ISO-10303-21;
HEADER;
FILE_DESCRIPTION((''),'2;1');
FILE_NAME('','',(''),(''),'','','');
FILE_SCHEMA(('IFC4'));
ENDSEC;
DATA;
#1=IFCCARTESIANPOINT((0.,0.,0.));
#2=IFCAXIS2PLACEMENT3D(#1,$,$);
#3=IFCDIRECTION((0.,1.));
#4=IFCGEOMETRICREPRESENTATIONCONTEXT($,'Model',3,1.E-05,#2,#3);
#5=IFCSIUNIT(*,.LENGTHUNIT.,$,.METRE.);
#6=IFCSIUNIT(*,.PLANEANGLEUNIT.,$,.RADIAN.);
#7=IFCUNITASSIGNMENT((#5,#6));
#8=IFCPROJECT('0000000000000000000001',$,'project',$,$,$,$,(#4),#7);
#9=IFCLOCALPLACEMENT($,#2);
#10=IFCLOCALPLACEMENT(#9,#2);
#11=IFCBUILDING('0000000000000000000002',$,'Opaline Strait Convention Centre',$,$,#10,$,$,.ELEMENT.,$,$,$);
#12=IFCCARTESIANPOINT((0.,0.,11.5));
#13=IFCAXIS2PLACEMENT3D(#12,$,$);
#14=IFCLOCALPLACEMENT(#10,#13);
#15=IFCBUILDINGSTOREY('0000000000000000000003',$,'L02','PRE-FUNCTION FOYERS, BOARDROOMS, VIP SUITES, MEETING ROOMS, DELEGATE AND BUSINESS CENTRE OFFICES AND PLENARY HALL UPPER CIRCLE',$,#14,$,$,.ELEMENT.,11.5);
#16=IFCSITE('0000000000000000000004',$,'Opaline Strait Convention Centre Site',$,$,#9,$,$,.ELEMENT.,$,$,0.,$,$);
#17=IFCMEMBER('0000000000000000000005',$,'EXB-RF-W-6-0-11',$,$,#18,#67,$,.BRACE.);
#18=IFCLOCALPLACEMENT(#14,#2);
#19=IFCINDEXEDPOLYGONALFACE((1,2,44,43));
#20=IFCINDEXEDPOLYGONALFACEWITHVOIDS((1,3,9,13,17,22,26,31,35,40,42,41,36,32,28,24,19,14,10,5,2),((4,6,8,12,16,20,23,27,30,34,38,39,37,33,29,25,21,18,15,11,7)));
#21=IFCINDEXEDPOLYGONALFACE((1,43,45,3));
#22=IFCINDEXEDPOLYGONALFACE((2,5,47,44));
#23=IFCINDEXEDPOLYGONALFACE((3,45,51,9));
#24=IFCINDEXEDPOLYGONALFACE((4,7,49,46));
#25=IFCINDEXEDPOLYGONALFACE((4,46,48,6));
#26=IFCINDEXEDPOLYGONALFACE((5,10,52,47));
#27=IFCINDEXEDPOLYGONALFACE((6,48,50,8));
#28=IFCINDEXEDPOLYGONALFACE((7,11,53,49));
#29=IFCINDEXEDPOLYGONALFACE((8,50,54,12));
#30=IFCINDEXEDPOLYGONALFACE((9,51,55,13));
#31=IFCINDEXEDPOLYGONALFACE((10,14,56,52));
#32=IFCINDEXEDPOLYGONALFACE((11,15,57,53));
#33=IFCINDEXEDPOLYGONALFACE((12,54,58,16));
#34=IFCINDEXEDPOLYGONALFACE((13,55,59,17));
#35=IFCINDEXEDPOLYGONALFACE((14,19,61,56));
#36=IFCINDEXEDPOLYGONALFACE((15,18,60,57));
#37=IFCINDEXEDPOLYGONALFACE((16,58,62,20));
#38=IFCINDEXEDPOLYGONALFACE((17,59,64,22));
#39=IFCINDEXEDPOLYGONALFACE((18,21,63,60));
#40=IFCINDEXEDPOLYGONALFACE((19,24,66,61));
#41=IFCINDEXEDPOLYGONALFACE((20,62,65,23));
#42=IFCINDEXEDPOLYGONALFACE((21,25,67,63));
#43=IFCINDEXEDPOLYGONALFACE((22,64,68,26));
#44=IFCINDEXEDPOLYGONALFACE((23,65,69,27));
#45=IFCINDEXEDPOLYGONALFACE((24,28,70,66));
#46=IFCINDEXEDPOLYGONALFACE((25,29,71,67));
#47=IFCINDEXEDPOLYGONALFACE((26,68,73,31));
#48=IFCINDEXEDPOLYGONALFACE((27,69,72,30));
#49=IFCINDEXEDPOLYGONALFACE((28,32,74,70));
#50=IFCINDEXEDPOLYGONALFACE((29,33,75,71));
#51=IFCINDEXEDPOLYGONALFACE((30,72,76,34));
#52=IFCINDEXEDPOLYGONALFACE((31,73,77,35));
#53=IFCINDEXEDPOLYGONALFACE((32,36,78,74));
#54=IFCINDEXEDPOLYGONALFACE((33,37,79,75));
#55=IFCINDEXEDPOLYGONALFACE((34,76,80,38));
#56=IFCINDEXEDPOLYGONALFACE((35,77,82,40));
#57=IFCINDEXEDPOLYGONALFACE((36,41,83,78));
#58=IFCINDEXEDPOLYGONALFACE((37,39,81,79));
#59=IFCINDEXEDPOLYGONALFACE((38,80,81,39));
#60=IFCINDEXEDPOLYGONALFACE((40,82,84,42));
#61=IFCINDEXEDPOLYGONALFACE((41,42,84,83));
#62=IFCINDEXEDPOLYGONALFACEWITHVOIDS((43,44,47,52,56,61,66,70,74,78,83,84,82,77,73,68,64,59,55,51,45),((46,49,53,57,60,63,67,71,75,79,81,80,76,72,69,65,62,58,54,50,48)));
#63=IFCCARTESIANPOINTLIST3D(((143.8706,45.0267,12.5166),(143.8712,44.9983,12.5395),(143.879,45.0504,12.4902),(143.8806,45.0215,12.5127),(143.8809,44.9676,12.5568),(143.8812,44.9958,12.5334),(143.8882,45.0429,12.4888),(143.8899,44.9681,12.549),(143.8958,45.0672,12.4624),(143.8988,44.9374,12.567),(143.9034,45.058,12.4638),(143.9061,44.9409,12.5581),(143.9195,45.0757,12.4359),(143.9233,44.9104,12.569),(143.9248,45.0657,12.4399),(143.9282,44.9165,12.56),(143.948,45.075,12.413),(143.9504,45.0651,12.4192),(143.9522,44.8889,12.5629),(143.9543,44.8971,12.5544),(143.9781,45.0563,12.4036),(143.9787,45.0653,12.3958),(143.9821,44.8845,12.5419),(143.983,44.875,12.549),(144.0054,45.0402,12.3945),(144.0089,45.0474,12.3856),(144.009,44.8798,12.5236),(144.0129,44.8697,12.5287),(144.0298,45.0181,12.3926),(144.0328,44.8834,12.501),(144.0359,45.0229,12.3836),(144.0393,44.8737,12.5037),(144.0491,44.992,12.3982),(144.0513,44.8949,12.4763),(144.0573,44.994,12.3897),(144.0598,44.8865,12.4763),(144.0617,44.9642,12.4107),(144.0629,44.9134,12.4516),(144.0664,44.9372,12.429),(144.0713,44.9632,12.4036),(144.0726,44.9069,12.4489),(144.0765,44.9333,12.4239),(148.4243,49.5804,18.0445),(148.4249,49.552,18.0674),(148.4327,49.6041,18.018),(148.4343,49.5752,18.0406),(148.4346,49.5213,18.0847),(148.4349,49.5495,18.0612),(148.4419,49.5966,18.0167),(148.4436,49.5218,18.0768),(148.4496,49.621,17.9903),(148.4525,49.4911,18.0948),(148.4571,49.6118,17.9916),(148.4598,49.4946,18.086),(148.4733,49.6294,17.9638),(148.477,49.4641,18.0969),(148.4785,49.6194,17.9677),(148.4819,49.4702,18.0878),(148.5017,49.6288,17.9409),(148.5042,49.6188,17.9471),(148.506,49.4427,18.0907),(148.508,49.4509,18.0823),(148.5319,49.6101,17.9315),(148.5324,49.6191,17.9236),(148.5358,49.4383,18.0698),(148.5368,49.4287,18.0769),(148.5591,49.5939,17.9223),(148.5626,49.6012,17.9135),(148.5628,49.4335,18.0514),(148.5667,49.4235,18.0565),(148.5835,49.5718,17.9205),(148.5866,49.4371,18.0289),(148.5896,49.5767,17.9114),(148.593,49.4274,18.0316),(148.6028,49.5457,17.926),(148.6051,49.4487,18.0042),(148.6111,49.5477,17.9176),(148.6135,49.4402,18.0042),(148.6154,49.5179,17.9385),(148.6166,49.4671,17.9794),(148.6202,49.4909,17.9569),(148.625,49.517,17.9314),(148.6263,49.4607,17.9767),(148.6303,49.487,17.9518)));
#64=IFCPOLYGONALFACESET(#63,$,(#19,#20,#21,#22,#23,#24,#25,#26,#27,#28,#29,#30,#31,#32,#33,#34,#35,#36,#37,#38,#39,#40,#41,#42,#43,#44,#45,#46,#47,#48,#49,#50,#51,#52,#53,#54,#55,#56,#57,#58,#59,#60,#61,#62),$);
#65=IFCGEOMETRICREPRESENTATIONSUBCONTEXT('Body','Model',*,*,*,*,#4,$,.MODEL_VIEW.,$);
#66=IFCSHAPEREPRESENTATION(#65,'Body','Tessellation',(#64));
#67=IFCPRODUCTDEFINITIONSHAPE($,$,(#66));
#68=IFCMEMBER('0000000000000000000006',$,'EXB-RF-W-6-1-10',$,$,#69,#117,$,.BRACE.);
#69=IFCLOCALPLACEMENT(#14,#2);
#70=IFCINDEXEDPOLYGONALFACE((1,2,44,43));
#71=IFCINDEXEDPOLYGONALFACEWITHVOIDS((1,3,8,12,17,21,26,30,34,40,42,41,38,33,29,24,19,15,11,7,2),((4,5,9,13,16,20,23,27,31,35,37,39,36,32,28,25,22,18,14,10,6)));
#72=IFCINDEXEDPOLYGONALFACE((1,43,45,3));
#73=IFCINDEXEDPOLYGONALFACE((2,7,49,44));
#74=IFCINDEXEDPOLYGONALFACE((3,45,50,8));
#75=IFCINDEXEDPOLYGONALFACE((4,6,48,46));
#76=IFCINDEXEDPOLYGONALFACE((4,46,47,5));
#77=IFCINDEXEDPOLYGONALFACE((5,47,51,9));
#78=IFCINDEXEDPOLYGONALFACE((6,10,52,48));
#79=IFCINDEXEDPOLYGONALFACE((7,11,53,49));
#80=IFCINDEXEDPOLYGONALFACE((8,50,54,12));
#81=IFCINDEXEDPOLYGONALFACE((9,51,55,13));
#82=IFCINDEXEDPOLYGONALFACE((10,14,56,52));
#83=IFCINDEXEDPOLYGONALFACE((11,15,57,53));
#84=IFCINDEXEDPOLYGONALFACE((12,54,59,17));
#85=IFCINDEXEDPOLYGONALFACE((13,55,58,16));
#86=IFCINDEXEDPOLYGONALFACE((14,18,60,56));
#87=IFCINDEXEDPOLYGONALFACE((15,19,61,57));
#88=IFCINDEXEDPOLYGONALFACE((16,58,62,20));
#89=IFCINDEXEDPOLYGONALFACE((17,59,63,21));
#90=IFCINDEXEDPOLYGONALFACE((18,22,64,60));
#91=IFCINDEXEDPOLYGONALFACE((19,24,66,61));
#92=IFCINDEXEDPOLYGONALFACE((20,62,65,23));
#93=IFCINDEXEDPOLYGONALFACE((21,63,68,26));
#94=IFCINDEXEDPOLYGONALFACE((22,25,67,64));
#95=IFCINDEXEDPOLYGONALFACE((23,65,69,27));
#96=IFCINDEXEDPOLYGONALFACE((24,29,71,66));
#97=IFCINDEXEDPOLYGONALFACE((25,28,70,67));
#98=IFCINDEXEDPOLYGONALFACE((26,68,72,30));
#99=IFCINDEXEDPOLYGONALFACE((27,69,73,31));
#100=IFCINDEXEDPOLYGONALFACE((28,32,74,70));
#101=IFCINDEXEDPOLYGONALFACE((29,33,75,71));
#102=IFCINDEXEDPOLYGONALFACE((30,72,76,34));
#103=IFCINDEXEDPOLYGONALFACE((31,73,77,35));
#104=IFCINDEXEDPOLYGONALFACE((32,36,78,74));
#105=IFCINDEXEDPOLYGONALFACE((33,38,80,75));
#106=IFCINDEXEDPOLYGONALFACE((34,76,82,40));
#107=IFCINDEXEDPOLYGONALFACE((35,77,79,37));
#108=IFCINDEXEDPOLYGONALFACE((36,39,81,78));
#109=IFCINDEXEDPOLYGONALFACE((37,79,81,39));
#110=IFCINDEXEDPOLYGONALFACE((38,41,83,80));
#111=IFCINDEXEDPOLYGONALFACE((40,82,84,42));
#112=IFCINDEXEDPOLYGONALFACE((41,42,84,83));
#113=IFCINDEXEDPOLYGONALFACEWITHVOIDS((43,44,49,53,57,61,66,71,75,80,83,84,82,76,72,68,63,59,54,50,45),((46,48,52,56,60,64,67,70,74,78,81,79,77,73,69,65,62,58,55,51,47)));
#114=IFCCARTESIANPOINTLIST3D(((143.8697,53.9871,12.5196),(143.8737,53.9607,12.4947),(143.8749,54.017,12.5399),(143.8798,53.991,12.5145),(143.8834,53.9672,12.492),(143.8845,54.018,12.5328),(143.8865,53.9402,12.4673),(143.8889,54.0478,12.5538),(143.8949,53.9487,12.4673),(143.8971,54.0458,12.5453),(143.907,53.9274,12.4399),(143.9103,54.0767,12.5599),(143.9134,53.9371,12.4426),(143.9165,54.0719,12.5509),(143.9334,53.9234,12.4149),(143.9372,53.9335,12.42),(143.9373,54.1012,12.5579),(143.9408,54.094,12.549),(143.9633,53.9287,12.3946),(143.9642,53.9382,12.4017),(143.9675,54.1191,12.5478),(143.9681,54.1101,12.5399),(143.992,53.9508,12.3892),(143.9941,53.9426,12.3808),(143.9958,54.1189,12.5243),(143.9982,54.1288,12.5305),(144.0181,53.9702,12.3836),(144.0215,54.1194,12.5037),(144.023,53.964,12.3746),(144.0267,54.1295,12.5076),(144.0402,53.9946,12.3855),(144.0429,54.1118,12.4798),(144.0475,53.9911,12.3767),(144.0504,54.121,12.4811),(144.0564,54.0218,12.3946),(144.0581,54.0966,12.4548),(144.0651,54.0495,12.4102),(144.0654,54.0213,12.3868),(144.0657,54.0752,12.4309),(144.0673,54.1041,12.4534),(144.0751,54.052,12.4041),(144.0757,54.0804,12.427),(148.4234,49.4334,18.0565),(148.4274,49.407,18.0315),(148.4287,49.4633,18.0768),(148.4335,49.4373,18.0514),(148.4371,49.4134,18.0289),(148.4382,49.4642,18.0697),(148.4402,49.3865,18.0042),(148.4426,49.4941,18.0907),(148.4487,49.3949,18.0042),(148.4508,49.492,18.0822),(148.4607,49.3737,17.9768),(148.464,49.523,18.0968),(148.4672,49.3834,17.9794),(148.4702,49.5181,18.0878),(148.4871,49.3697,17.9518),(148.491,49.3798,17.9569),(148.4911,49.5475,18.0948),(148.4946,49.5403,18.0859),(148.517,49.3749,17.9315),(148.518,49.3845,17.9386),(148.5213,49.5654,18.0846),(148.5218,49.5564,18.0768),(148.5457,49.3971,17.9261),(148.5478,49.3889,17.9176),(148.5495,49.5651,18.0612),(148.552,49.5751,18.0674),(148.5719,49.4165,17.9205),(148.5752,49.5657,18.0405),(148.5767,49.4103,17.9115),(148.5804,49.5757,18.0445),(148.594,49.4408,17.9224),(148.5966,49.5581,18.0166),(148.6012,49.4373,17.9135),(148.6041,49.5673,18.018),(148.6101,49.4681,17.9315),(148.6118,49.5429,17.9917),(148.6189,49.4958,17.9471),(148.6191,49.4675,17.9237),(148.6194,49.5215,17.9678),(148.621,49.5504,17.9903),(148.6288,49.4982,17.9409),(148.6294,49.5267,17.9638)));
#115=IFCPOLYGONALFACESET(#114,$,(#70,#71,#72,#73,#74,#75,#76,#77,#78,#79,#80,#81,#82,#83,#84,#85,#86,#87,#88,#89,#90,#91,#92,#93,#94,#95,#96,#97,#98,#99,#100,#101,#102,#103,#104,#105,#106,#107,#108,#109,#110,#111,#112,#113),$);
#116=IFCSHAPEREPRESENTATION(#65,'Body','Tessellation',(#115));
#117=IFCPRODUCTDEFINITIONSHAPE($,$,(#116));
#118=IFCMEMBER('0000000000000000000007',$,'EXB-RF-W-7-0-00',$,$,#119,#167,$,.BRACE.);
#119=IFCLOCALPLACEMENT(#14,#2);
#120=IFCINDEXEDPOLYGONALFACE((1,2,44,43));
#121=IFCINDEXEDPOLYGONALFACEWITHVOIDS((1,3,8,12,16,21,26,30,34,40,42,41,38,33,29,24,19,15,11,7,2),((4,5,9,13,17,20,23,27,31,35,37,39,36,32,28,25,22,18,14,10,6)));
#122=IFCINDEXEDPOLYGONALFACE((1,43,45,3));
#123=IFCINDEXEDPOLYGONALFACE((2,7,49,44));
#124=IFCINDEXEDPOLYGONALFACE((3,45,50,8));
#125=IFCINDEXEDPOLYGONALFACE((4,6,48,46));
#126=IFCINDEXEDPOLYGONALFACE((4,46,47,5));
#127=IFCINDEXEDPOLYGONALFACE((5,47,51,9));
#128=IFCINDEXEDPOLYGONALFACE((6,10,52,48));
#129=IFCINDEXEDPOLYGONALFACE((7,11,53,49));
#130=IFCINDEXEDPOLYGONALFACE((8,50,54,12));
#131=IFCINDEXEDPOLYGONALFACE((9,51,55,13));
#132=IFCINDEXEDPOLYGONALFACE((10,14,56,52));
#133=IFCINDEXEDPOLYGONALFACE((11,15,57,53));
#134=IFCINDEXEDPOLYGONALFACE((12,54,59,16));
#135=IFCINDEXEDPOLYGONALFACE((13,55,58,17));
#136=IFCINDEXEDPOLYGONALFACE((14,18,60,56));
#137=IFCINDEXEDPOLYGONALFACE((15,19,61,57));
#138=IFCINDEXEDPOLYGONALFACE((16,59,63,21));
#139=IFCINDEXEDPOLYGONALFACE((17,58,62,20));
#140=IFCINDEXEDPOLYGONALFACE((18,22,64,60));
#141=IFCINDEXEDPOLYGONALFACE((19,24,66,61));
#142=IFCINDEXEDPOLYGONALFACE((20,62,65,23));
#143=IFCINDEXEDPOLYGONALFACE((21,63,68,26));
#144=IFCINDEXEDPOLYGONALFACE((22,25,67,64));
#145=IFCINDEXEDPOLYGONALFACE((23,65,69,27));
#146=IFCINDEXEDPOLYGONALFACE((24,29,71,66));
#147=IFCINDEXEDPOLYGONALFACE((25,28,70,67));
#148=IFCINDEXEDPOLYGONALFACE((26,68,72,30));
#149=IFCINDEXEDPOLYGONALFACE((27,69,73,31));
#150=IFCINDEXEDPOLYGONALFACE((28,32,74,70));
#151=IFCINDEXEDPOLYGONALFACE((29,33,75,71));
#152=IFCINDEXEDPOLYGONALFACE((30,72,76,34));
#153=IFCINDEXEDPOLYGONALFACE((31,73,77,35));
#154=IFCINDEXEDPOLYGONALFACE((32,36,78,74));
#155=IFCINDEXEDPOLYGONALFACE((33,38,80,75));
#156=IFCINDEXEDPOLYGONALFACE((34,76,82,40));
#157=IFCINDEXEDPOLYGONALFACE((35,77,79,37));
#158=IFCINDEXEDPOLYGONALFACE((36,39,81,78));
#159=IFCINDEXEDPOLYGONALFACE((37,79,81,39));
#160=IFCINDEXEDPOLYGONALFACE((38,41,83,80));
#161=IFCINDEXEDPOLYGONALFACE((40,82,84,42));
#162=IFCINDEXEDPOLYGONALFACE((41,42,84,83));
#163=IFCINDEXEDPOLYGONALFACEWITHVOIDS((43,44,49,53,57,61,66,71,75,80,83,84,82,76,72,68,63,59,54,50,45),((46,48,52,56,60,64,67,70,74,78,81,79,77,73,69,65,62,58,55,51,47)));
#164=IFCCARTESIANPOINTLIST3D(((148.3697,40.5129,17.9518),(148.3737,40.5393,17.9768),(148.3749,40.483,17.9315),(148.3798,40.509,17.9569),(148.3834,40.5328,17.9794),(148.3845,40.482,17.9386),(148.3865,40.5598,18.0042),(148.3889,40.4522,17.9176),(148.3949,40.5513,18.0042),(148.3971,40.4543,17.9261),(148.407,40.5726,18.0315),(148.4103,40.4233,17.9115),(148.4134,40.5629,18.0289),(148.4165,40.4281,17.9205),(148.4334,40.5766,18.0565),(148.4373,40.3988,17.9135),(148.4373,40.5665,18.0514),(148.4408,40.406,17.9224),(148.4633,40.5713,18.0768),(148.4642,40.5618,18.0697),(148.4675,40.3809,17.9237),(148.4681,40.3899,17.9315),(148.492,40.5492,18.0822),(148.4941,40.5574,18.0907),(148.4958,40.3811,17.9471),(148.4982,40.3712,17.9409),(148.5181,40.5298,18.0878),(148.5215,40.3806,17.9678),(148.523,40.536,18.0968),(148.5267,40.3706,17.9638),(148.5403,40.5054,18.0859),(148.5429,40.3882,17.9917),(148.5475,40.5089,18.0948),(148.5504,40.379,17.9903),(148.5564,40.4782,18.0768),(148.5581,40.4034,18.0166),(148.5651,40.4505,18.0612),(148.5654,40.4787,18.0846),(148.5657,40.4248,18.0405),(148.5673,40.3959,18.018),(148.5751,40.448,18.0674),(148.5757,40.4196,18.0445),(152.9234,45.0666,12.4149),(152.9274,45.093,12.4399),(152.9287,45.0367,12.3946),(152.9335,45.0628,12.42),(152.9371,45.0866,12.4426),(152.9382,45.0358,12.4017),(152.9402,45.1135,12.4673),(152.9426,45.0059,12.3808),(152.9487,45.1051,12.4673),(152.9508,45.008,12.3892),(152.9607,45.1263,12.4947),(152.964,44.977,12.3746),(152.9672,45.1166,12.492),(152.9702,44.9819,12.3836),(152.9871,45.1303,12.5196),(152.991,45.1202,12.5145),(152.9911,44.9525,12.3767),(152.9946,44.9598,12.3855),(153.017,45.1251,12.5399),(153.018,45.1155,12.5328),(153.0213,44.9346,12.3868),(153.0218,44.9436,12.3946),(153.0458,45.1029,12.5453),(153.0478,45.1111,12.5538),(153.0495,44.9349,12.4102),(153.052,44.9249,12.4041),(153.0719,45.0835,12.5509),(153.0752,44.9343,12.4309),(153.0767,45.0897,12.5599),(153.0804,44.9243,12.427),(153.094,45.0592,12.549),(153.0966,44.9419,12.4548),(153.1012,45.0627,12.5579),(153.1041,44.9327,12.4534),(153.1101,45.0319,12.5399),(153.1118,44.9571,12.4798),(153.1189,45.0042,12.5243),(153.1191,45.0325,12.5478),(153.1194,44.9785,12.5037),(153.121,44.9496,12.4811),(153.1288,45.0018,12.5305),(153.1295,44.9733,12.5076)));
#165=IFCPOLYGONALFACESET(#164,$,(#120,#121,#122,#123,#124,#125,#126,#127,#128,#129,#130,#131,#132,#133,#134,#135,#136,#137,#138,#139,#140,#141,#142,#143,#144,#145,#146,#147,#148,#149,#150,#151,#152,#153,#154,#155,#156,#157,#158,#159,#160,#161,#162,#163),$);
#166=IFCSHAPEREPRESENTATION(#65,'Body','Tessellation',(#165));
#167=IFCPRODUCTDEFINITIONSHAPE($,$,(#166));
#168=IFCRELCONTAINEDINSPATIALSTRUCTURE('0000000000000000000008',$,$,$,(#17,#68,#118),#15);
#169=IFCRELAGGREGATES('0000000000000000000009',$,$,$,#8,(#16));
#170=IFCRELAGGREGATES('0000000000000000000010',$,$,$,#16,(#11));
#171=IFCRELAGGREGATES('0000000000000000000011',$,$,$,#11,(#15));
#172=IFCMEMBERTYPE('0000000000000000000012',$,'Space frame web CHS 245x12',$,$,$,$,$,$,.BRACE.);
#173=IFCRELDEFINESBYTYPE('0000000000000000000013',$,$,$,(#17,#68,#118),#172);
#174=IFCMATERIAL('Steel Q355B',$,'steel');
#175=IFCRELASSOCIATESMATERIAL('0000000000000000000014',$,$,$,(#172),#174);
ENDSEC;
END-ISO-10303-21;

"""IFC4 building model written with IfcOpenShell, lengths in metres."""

from ifc_helpers import new_model, si_unit, direction, frame, origin, origin_2d, place, context, subcontext, project, spatial, hollow_circle, extrude, material, material_profile, profile_set, type_object, element, save


model = new_model("IFC4")

# Units and contexts
model_context = context("Model", 3, precision=1e-05, world=origin(), true_north=direction((0.0, 1.0)))
body_context = subcontext(model_context, "Body", "Model", "MODEL_VIEW")
ifc_project = project(units=[si_unit("LENGTHUNIT", "METRE"), si_unit("PLANEANGLEUNIT", "RADIAN")], contexts=[model_context])

# Site, building, storey
site_placement = place(None, origin())
site = spatial("IfcSite", under=ifc_project, at=site_placement, Name="Opaline Strait Convention Centre Site", CompositionType="ELEMENT", RefElevation=0.0)
building_placement = place(site_placement, origin())
building = spatial("IfcBuilding", under=site, at=building_placement, Name="Opaline Strait Convention Centre", CompositionType="ELEMENT")
storey_placement = place(building_placement, frame((0.0, 0.0, 11.5)))
storey = spatial("IfcBuildingStorey", under=building, at=storey_placement, Name="L02", Description="PRE-FUNCTION FOYERS, BOARDROOMS, VIP SUITES, MEETING ROOMS, DELEGATE AND BUSINESS CENTRE OFFICES AND PLENARY HALL UPPER CIRCLE", CompositionType="ELEMENT", Elevation=11.5)

# Members
ifc_material_1 = material(Name="Steel Q355B", Category="steel")
ifc_material_profile_1 = material_profile(ifc_material_1, hollow_circle(Radius=0.1226, WallThickness=0.012, at=origin_2d()), Name="CHS 245x12")
ifc_profile_set_1 = profile_set([ifc_material_profile_1], Name="Steel Q355B")
member_type_1 = type_object("IfcMemberType", Name="Space frame web CHS 245x12", PredefinedType="BRACE", material=ifc_profile_set_1)
for number, where, z_axis, x_axis, name in (
    (1, (148.5269, 49.5269, 18.0042), (-0.53655, -0.53655, -0.651328), (0.707107, -0.707107, 0.0), "EXB-RF-W-6-0-11"),
):
    element("IfcMember", number, at=place(storey_placement, frame(where, z_axis=z_axis, x_axis=x_axis)), inside=storey, type_object=member_type_1, Name=name, PredefinedType="BRACE", context=body_context, shape_type="SweptSolid", body=[
        extrude(hollow_circle(Radius=0.1226, WallThickness=0.012, at=origin_2d()), origin(), (0.0, 0.0, 1.0), 8.4871),
    ])
for number, where, z_axis, x_axis, name in (
    (2, (148.5269, 49.4731, 18.0042), (-0.536178, 0.536178, -0.65194), (-0.707107, -0.707107, 0.0), "EXB-RF-W-6-1-10"),
    (3, (148.4731, 40.4731, 18.0042), (0.536178, 0.536178, -0.65194), (-0.707107, 0.707107, 0.0), "EXB-RF-W-7-0-00"),
):
    element("IfcMember", number, at=place(storey_placement, frame(where, z_axis=z_axis, x_axis=x_axis)), inside=storey, type_object=member_type_1, Name=name, PredefinedType="BRACE", context=body_context, shape_type="SweptSolid", body=[
        extrude(hollow_circle(Radius=0.1226, WallThickness=0.012, at=origin_2d()), origin(), (0.0, 0.0, 1.0), 8.4929),
    ])

save(model, "model.ifc")
